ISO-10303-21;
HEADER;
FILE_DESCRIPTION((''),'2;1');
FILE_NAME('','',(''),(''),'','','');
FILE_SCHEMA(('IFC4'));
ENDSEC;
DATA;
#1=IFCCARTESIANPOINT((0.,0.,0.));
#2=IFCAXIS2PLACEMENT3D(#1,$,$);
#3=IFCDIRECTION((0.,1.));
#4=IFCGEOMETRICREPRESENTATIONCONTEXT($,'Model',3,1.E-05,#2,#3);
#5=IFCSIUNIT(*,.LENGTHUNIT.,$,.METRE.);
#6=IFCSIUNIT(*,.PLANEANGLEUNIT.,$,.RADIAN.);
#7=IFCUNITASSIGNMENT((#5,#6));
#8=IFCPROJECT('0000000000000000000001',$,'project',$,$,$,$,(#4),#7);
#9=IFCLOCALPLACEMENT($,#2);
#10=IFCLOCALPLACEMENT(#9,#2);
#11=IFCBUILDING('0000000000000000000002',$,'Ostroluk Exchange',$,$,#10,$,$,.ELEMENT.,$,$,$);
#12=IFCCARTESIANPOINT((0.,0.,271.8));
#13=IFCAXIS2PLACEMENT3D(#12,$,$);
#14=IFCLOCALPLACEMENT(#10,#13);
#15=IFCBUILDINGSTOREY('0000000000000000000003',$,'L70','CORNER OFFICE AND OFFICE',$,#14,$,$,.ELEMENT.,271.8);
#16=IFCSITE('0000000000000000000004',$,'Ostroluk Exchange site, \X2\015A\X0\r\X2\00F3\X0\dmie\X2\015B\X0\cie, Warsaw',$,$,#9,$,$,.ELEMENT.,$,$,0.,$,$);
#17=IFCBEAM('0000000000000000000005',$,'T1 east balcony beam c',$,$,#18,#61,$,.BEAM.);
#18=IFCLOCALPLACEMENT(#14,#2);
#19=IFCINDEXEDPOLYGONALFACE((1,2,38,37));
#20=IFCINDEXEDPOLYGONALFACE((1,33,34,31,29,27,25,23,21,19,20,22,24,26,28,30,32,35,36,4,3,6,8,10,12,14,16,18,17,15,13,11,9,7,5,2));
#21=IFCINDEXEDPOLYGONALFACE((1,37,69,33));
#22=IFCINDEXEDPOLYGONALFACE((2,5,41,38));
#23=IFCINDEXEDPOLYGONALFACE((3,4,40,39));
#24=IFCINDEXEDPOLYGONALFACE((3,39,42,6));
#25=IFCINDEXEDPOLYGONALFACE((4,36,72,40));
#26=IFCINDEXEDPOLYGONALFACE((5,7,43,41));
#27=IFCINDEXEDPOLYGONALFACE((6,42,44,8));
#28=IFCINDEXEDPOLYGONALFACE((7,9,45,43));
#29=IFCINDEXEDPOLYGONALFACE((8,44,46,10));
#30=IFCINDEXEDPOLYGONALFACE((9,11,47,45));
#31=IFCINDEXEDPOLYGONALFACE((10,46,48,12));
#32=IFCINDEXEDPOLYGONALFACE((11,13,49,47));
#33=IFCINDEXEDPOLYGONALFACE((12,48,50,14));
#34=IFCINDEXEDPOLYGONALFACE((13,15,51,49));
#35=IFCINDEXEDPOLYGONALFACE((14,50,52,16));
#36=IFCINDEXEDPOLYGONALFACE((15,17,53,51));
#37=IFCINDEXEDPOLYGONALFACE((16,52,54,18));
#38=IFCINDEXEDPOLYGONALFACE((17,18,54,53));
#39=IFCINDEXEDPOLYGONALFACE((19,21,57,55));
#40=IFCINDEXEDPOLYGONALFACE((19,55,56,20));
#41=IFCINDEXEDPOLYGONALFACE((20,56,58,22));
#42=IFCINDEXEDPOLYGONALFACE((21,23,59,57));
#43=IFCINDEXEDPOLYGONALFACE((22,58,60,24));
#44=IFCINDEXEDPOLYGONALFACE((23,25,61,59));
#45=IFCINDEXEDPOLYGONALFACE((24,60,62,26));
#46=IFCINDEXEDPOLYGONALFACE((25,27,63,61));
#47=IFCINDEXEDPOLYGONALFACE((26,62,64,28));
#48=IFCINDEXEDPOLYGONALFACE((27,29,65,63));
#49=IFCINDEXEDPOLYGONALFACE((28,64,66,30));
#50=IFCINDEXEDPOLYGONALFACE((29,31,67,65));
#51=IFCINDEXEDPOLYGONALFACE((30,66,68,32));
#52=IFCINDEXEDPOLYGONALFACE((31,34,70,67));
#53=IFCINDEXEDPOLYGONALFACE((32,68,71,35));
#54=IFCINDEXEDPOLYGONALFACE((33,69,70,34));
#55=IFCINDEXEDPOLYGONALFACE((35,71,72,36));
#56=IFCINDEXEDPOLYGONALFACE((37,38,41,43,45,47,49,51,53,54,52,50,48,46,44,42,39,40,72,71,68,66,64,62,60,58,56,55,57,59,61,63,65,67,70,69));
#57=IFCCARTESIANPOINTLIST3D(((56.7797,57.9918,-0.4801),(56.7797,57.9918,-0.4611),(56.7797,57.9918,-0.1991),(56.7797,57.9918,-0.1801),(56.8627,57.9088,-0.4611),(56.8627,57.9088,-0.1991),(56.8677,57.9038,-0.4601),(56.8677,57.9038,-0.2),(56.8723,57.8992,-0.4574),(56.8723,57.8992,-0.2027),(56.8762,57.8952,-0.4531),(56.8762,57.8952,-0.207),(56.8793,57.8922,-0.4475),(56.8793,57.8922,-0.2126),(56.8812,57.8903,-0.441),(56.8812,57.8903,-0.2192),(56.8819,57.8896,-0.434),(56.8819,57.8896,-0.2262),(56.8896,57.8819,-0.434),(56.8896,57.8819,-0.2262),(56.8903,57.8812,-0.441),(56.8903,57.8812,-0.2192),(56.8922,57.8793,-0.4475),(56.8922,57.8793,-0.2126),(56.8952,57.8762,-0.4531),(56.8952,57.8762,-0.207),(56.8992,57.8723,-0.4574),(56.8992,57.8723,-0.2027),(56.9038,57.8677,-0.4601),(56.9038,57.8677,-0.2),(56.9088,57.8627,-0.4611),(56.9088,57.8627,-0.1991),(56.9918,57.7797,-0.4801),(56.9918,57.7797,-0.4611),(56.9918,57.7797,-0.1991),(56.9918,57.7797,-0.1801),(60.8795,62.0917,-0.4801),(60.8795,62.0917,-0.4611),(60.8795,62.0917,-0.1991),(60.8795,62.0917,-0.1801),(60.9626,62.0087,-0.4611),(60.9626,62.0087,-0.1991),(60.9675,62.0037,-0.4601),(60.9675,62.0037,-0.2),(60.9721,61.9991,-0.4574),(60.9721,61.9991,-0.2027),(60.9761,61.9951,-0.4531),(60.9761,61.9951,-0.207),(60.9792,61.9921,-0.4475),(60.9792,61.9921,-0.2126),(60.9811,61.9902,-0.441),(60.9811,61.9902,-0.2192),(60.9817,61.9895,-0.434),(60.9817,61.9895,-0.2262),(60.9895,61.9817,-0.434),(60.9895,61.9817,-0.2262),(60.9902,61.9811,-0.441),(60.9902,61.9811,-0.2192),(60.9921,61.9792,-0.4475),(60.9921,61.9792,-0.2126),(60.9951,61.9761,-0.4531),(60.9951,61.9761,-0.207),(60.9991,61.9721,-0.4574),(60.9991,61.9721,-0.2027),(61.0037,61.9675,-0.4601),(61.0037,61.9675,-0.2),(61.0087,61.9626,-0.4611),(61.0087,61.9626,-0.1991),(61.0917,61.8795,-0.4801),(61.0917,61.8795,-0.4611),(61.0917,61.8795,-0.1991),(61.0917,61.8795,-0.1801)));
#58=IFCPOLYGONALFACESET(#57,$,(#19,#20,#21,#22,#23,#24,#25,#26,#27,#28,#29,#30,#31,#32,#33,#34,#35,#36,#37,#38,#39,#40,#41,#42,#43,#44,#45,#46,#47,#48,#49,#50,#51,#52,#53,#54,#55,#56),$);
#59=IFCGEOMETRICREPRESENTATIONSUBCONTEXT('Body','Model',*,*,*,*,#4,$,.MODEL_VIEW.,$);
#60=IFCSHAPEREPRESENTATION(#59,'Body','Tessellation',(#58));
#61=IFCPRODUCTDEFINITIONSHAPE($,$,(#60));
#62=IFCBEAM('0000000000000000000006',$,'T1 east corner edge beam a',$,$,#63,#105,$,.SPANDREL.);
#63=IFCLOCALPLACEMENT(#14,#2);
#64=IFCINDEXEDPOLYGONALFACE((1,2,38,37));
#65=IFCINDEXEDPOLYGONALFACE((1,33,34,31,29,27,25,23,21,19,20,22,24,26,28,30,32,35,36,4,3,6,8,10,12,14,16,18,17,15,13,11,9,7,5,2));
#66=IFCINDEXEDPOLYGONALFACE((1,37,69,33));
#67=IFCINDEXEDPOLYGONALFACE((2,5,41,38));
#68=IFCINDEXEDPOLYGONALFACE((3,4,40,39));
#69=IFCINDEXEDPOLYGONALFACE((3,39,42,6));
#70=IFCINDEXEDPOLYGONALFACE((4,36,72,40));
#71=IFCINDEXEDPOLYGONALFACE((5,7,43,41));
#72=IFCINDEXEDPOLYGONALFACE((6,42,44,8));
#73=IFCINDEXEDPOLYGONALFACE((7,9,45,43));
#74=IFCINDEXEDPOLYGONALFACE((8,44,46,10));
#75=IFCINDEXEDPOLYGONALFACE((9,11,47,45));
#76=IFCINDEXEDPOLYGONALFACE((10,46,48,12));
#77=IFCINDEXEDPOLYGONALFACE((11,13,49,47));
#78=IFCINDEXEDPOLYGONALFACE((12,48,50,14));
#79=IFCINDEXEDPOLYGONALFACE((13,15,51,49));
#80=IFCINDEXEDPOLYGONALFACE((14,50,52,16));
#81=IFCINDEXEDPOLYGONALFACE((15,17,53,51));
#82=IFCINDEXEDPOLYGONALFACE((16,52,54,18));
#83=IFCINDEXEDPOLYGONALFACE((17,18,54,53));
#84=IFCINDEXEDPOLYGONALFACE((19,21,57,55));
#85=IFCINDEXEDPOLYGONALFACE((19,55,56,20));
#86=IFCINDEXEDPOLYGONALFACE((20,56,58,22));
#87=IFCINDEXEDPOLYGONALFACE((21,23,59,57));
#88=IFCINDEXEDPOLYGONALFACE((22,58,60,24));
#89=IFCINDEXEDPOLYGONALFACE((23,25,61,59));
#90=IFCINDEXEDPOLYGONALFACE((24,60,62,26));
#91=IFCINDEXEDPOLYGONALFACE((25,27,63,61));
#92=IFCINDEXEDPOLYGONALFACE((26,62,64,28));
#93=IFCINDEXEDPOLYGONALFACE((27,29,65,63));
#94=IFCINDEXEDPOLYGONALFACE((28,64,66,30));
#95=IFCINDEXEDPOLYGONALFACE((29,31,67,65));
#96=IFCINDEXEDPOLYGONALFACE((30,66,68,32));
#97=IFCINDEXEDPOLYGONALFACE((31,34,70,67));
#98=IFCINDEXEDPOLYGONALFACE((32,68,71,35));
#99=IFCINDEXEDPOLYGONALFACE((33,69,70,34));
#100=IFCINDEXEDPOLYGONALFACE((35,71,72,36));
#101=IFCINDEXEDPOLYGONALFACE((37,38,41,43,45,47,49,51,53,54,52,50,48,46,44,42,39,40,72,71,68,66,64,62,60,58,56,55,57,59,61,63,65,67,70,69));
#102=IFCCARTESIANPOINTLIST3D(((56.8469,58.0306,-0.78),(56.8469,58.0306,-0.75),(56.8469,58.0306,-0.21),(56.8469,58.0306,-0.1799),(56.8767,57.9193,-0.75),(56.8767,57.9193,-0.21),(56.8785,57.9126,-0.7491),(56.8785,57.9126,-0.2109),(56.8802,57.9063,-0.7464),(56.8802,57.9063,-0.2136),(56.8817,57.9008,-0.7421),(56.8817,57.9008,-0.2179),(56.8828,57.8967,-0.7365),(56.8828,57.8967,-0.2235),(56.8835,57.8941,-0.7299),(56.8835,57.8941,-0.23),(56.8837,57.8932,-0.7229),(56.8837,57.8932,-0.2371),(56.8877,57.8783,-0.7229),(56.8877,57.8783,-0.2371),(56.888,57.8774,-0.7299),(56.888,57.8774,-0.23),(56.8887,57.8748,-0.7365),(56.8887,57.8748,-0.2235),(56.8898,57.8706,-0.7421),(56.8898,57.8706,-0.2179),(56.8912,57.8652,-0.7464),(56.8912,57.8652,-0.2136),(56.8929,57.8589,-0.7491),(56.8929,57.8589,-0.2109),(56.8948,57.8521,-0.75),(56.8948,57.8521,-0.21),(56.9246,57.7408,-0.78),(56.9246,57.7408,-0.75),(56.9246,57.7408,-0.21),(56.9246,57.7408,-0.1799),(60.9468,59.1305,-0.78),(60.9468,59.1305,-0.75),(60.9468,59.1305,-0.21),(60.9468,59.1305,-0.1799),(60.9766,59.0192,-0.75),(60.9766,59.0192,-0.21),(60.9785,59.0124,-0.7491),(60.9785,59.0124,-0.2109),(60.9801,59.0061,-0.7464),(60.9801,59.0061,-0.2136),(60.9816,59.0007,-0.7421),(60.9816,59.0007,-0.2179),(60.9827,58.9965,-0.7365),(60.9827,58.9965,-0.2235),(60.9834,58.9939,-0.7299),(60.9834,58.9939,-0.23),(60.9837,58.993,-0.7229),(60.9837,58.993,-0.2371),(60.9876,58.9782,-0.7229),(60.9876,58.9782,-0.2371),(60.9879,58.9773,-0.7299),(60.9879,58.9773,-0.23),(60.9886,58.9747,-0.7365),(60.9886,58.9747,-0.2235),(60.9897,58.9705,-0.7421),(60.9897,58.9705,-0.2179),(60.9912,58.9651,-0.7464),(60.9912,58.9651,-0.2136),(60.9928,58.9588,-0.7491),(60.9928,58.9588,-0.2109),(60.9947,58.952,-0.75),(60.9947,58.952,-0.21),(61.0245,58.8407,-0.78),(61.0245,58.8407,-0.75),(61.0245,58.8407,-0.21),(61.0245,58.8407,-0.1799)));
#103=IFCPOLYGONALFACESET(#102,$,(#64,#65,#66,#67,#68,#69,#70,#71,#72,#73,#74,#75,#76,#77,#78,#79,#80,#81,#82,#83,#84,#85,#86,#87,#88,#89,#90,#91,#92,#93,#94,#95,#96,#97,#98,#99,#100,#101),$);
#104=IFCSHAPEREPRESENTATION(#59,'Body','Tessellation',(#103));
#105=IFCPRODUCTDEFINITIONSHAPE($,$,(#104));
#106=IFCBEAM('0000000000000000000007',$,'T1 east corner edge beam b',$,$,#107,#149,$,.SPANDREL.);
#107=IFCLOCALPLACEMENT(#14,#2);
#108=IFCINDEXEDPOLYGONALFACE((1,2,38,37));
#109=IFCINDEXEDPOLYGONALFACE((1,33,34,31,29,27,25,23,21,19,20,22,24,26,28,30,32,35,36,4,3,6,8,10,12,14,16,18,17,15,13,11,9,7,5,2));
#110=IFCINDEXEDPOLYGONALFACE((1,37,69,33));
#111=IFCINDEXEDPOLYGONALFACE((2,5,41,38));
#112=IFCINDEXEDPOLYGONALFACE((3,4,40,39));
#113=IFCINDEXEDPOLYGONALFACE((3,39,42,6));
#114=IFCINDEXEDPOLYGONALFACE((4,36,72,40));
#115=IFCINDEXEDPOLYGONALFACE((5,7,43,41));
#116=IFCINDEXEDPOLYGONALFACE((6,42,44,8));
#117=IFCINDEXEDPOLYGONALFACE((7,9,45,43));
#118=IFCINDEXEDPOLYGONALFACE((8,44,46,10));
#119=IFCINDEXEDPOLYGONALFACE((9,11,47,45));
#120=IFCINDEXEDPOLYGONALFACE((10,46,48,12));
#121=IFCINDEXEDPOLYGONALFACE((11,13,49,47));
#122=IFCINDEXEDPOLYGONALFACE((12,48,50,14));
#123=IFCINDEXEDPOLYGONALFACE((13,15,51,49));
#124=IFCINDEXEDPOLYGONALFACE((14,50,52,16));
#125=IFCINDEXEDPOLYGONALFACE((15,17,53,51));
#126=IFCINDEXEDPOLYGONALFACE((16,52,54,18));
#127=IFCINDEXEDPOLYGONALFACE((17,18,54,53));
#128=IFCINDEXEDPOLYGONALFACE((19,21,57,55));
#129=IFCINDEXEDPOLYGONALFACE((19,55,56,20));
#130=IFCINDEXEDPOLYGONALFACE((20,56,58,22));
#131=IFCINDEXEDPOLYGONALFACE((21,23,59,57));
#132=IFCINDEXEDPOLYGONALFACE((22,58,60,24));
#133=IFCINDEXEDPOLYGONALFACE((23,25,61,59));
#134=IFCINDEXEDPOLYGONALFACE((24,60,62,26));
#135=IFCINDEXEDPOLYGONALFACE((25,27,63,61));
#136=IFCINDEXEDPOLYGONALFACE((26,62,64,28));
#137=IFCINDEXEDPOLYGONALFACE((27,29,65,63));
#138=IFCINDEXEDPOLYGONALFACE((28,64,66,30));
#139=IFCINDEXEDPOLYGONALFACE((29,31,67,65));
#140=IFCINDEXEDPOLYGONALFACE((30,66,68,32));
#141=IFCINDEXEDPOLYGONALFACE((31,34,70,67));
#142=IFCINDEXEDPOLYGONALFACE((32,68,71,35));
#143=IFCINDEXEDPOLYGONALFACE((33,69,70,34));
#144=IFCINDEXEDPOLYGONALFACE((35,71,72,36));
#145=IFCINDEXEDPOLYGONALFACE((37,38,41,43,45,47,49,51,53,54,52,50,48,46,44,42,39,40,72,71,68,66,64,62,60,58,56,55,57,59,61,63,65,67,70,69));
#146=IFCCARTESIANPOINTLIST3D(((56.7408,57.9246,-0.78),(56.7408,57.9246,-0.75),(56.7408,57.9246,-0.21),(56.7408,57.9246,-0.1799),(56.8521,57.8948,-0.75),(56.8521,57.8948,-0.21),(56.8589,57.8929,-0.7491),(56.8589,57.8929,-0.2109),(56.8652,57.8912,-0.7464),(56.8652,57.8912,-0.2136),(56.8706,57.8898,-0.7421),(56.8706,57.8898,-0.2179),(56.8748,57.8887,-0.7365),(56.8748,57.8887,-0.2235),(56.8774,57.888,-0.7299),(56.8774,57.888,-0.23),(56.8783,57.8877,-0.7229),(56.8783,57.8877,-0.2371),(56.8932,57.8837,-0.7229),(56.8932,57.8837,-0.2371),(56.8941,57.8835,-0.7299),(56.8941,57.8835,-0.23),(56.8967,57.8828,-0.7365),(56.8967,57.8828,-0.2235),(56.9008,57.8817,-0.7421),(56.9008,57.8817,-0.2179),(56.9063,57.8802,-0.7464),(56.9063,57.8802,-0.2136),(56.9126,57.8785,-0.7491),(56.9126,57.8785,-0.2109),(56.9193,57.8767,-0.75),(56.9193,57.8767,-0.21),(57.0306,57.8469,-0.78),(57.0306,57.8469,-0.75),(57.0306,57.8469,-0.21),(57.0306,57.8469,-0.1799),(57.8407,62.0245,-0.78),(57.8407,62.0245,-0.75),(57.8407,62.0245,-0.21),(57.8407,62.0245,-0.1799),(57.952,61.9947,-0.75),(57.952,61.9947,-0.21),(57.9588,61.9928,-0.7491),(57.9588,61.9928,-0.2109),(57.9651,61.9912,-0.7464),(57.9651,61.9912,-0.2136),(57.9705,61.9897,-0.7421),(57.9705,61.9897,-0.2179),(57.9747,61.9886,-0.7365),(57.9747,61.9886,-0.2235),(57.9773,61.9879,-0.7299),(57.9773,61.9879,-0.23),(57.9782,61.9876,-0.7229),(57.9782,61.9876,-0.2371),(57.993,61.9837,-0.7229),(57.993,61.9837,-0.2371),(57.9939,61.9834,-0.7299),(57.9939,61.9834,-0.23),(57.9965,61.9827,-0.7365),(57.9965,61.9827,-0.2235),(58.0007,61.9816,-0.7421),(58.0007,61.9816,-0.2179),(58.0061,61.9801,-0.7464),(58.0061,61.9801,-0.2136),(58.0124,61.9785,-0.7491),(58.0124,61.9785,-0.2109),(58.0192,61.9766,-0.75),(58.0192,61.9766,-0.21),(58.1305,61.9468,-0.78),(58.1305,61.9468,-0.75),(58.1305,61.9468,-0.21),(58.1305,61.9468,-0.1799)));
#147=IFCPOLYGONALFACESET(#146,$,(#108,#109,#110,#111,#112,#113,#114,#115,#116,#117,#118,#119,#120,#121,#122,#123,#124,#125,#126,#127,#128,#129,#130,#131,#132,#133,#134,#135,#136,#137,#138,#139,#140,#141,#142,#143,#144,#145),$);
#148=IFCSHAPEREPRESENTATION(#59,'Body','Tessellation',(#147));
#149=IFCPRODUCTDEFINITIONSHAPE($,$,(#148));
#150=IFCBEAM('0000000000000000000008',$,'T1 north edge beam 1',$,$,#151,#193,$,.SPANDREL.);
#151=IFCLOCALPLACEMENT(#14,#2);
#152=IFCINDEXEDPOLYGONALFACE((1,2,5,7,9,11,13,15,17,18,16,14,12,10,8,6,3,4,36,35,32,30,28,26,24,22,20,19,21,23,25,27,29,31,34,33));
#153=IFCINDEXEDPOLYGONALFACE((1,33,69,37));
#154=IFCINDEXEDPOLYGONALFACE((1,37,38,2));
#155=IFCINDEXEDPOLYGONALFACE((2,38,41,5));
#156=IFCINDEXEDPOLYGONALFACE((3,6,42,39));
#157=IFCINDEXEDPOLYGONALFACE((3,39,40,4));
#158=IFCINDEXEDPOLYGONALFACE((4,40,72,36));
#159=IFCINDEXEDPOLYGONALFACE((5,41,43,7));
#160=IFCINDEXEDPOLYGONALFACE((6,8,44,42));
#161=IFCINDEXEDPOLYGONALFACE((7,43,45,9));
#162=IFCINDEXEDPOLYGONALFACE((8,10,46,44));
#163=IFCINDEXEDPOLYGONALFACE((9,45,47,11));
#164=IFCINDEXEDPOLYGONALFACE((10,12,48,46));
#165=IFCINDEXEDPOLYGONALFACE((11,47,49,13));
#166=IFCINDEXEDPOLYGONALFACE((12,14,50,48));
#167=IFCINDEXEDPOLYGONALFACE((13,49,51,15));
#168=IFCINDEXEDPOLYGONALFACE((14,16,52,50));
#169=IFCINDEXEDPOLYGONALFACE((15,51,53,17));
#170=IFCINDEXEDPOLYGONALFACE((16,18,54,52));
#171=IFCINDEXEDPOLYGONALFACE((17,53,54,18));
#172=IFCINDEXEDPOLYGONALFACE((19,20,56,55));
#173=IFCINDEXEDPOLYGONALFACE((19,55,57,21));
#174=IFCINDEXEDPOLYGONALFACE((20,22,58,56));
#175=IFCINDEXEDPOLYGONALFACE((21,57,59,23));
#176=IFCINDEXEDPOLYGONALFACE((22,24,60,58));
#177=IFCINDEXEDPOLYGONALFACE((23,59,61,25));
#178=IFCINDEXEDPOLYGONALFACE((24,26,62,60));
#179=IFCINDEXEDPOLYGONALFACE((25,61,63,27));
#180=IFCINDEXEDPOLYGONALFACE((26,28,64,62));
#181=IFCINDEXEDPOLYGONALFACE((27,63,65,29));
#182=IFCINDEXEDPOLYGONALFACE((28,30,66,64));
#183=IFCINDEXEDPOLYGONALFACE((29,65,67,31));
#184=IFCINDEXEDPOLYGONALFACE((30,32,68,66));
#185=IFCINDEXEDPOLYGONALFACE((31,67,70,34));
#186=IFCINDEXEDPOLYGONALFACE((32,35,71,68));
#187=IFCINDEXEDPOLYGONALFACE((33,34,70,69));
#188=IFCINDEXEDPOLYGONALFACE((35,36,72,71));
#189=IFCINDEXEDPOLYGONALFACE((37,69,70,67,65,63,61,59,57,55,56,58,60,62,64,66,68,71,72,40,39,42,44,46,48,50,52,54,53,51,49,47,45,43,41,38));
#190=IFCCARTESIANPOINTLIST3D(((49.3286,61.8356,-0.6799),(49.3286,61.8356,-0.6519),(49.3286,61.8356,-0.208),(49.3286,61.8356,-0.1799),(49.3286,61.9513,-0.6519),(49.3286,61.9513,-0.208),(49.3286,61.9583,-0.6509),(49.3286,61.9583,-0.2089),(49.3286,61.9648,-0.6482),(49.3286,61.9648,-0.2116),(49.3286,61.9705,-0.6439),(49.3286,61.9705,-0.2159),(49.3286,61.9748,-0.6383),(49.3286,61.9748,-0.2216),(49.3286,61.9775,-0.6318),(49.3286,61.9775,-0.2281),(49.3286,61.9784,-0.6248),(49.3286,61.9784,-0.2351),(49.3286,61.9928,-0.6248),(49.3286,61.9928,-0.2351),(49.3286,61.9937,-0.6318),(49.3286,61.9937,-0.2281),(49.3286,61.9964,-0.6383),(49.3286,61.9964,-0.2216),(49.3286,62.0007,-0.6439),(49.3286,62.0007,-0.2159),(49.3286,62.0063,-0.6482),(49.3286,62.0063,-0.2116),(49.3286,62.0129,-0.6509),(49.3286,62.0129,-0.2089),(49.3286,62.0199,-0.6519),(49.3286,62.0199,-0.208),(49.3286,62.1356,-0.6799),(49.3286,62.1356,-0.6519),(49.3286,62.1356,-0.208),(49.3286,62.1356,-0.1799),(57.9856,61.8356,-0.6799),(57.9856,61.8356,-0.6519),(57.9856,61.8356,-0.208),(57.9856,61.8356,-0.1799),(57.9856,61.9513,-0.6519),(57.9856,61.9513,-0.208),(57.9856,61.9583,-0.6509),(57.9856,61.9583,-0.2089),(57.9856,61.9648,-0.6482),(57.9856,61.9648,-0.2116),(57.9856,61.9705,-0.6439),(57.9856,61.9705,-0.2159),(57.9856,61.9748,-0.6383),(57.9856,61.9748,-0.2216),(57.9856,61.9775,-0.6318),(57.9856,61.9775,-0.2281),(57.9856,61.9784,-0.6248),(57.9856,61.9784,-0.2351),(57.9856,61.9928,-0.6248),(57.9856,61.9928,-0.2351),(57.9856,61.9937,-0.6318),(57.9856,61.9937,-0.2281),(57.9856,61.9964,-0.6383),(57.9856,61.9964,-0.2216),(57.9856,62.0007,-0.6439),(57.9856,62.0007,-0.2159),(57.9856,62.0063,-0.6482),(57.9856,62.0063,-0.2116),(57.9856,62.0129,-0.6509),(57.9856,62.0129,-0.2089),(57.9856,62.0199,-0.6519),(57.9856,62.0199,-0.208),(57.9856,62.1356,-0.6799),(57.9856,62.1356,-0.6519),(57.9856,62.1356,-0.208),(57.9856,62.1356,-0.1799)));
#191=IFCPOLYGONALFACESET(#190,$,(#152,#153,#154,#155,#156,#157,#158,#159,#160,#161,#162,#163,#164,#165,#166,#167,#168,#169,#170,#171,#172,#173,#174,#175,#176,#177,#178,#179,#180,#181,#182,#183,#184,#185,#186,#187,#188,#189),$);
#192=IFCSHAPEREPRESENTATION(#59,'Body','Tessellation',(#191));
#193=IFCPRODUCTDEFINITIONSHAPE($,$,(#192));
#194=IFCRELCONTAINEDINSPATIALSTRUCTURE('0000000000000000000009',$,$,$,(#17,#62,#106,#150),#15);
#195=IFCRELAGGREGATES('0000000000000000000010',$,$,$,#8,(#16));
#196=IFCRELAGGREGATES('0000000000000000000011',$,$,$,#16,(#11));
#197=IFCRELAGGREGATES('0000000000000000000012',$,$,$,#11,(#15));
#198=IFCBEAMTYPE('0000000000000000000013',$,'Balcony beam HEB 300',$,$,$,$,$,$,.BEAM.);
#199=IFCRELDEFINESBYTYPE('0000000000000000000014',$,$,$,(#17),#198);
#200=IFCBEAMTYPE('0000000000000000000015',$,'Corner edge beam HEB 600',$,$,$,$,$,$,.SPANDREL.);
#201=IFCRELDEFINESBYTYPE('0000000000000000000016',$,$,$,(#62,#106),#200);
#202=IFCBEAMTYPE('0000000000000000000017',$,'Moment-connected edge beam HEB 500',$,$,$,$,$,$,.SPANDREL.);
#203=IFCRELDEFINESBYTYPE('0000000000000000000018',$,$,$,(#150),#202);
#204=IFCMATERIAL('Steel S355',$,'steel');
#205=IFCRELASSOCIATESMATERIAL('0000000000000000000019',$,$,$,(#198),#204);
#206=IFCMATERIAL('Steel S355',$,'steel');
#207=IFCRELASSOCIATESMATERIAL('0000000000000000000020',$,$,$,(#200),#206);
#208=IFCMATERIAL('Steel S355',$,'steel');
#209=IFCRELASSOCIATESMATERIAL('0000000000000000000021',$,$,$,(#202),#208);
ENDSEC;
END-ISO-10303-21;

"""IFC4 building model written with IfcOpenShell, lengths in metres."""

from ifc_helpers import new_model, si_unit, direction, frame, origin, origin_2d, place, context, subcontext, project, spatial, i_section, extrude, material, material_profile, profile_set, type_object, element, save


model = new_model("IFC4")

# Units and contexts
model_context = context("Model", 3, precision=1e-05, world=origin(), true_north=direction((0.0, 1.0)))
body_context = subcontext(model_context, "Body", "Model", "MODEL_VIEW")
ifc_project = project(units=[si_unit("LENGTHUNIT", "METRE"), si_unit("PLANEANGLEUNIT", "RADIAN")], contexts=[model_context])

# Site, building, storey
site_placement = place(None, origin())
site = spatial("IfcSite", under=ifc_project, at=site_placement, Name="Ostroluk Exchange site, Śródmieście, Warsaw", CompositionType="ELEMENT", RefElevation=0.0)
building_placement = place(site_placement, origin())
building = spatial("IfcBuilding", under=site, at=building_placement, Name="Ostroluk Exchange", CompositionType="ELEMENT")
storey_placement = place(building_placement, frame((0.0, 0.0, 271.8)))
storey = spatial("IfcBuildingStorey", under=building, at=storey_placement, Name="L70", Description="CORNER OFFICE AND OFFICE", CompositionType="ELEMENT", Elevation=271.8)

# Beams
ifc_material_1 = material(Name="Steel S355", Category="steel")
ifc_material_profile_1 = material_profile(ifc_material_1, i_section(OverallWidth=0.3, OverallDepth=0.3, WebThickness=0.011, FlangeThickness=0.019, FilletRadius=0.0271, at=origin_2d()), Name="HEB 300")
ifc_profile_set_1 = profile_set([ifc_material_profile_1], Name="Steel S355")
beam_type_1 = type_object("IfcBeamType", Name="Balcony beam HEB 300", PredefinedType="BEAM", material=ifc_profile_set_1)
beam_1_placement = place(storey_placement, frame((56.8857, 57.8857, -0.3301), z_axis=(0.707107, 0.707107, 0.0), x_axis=(-0.707107, 0.707107, 0.0)))
element("IfcBeam", 1, at=beam_1_placement, inside=storey, type_object=beam_type_1, Name="T1 east balcony beam c", PredefinedType="BEAM", context=body_context, shape_type="SweptSolid", body=[
    extrude(i_section(OverallWidth=0.3, OverallDepth=0.3, WebThickness=0.011, FlangeThickness=0.019, FilletRadius=0.0271, at=origin_2d()), origin(), (0.0, 0.0, 1.0), 5.7981),
])
ifc_material_2 = material(Name="Steel S355", Category="steel")
ifc_material_profile_2 = material_profile(ifc_material_2, i_section(OverallWidth=0.3, OverallDepth=0.6001, WebThickness=0.0154, FlangeThickness=0.03, FilletRadius=0.0271, at=origin_2d()), Name="HEB 600")
ifc_profile_set_2 = profile_set([ifc_material_profile_2], Name="Steel S355")
beam_type_2 = type_object("IfcBeamType", Name="Corner edge beam HEB 600", PredefinedType="SPANDREL", material=ifc_profile_set_2)
for number, where, z_axis, x_axis, name in (
    (2, (56.8857, 57.8857, -0.48), (0.965849, 0.259105, 0.0), (-0.259105, 0.965849, 0.0), "T1 east corner edge beam a"),
    (3, (56.8857, 57.8857, -0.48), (0.259105, 0.965849, 0.0), (-0.965849, 0.259105, 0.0), "T1 east corner edge beam b"),
):
    element("IfcBeam", number, at=place(storey_placement, frame(where, z_axis=z_axis, x_axis=x_axis)), inside=storey, type_object=beam_type_2, Name=name, PredefinedType="SPANDREL", context=body_context, shape_type="SweptSolid", body=[
        extrude(i_section(OverallWidth=0.3, OverallDepth=0.6001, WebThickness=0.0154, FlangeThickness=0.03, FilletRadius=0.0271, at=origin_2d()), origin(), (0.0, 0.0, 1.0), 4.2449),
    ])
ifc_material_3 = material(Name="Steel S355", Category="steel")
ifc_material_profile_3 = material_profile(ifc_material_3, i_section(OverallWidth=0.3, OverallDepth=0.5, WebThickness=0.0144, FlangeThickness=0.0281, FilletRadius=0.0271, at=origin_2d()), Name="HEB 500")
ifc_profile_set_3 = profile_set([ifc_material_profile_3], Name="Steel S355")
beam_type_3 = type_object("IfcBeamType", Name="Moment-connected edge beam HEB 500", PredefinedType="SPANDREL", material=ifc_profile_set_3)
beam_2_placement = place(storey_placement, frame((57.9856, 61.9856, -0.4299), z_axis=(-1.0, 0.0, 0.0), x_axis=(0.0, -1.0, 0.0)))
element("IfcBeam", 4, at=beam_2_placement, inside=storey, type_object=beam_type_3, Name="T1 north edge beam 1", PredefinedType="SPANDREL", context=body_context, shape_type="SweptSolid", body=[
    extrude(i_section(OverallWidth=0.3, OverallDepth=0.5, WebThickness=0.0144, FlangeThickness=0.0281, FilletRadius=0.0271, at=origin_2d()), origin(), (0.0, 0.0, 1.0), 8.657),
])

save(model, "model.ifc")
